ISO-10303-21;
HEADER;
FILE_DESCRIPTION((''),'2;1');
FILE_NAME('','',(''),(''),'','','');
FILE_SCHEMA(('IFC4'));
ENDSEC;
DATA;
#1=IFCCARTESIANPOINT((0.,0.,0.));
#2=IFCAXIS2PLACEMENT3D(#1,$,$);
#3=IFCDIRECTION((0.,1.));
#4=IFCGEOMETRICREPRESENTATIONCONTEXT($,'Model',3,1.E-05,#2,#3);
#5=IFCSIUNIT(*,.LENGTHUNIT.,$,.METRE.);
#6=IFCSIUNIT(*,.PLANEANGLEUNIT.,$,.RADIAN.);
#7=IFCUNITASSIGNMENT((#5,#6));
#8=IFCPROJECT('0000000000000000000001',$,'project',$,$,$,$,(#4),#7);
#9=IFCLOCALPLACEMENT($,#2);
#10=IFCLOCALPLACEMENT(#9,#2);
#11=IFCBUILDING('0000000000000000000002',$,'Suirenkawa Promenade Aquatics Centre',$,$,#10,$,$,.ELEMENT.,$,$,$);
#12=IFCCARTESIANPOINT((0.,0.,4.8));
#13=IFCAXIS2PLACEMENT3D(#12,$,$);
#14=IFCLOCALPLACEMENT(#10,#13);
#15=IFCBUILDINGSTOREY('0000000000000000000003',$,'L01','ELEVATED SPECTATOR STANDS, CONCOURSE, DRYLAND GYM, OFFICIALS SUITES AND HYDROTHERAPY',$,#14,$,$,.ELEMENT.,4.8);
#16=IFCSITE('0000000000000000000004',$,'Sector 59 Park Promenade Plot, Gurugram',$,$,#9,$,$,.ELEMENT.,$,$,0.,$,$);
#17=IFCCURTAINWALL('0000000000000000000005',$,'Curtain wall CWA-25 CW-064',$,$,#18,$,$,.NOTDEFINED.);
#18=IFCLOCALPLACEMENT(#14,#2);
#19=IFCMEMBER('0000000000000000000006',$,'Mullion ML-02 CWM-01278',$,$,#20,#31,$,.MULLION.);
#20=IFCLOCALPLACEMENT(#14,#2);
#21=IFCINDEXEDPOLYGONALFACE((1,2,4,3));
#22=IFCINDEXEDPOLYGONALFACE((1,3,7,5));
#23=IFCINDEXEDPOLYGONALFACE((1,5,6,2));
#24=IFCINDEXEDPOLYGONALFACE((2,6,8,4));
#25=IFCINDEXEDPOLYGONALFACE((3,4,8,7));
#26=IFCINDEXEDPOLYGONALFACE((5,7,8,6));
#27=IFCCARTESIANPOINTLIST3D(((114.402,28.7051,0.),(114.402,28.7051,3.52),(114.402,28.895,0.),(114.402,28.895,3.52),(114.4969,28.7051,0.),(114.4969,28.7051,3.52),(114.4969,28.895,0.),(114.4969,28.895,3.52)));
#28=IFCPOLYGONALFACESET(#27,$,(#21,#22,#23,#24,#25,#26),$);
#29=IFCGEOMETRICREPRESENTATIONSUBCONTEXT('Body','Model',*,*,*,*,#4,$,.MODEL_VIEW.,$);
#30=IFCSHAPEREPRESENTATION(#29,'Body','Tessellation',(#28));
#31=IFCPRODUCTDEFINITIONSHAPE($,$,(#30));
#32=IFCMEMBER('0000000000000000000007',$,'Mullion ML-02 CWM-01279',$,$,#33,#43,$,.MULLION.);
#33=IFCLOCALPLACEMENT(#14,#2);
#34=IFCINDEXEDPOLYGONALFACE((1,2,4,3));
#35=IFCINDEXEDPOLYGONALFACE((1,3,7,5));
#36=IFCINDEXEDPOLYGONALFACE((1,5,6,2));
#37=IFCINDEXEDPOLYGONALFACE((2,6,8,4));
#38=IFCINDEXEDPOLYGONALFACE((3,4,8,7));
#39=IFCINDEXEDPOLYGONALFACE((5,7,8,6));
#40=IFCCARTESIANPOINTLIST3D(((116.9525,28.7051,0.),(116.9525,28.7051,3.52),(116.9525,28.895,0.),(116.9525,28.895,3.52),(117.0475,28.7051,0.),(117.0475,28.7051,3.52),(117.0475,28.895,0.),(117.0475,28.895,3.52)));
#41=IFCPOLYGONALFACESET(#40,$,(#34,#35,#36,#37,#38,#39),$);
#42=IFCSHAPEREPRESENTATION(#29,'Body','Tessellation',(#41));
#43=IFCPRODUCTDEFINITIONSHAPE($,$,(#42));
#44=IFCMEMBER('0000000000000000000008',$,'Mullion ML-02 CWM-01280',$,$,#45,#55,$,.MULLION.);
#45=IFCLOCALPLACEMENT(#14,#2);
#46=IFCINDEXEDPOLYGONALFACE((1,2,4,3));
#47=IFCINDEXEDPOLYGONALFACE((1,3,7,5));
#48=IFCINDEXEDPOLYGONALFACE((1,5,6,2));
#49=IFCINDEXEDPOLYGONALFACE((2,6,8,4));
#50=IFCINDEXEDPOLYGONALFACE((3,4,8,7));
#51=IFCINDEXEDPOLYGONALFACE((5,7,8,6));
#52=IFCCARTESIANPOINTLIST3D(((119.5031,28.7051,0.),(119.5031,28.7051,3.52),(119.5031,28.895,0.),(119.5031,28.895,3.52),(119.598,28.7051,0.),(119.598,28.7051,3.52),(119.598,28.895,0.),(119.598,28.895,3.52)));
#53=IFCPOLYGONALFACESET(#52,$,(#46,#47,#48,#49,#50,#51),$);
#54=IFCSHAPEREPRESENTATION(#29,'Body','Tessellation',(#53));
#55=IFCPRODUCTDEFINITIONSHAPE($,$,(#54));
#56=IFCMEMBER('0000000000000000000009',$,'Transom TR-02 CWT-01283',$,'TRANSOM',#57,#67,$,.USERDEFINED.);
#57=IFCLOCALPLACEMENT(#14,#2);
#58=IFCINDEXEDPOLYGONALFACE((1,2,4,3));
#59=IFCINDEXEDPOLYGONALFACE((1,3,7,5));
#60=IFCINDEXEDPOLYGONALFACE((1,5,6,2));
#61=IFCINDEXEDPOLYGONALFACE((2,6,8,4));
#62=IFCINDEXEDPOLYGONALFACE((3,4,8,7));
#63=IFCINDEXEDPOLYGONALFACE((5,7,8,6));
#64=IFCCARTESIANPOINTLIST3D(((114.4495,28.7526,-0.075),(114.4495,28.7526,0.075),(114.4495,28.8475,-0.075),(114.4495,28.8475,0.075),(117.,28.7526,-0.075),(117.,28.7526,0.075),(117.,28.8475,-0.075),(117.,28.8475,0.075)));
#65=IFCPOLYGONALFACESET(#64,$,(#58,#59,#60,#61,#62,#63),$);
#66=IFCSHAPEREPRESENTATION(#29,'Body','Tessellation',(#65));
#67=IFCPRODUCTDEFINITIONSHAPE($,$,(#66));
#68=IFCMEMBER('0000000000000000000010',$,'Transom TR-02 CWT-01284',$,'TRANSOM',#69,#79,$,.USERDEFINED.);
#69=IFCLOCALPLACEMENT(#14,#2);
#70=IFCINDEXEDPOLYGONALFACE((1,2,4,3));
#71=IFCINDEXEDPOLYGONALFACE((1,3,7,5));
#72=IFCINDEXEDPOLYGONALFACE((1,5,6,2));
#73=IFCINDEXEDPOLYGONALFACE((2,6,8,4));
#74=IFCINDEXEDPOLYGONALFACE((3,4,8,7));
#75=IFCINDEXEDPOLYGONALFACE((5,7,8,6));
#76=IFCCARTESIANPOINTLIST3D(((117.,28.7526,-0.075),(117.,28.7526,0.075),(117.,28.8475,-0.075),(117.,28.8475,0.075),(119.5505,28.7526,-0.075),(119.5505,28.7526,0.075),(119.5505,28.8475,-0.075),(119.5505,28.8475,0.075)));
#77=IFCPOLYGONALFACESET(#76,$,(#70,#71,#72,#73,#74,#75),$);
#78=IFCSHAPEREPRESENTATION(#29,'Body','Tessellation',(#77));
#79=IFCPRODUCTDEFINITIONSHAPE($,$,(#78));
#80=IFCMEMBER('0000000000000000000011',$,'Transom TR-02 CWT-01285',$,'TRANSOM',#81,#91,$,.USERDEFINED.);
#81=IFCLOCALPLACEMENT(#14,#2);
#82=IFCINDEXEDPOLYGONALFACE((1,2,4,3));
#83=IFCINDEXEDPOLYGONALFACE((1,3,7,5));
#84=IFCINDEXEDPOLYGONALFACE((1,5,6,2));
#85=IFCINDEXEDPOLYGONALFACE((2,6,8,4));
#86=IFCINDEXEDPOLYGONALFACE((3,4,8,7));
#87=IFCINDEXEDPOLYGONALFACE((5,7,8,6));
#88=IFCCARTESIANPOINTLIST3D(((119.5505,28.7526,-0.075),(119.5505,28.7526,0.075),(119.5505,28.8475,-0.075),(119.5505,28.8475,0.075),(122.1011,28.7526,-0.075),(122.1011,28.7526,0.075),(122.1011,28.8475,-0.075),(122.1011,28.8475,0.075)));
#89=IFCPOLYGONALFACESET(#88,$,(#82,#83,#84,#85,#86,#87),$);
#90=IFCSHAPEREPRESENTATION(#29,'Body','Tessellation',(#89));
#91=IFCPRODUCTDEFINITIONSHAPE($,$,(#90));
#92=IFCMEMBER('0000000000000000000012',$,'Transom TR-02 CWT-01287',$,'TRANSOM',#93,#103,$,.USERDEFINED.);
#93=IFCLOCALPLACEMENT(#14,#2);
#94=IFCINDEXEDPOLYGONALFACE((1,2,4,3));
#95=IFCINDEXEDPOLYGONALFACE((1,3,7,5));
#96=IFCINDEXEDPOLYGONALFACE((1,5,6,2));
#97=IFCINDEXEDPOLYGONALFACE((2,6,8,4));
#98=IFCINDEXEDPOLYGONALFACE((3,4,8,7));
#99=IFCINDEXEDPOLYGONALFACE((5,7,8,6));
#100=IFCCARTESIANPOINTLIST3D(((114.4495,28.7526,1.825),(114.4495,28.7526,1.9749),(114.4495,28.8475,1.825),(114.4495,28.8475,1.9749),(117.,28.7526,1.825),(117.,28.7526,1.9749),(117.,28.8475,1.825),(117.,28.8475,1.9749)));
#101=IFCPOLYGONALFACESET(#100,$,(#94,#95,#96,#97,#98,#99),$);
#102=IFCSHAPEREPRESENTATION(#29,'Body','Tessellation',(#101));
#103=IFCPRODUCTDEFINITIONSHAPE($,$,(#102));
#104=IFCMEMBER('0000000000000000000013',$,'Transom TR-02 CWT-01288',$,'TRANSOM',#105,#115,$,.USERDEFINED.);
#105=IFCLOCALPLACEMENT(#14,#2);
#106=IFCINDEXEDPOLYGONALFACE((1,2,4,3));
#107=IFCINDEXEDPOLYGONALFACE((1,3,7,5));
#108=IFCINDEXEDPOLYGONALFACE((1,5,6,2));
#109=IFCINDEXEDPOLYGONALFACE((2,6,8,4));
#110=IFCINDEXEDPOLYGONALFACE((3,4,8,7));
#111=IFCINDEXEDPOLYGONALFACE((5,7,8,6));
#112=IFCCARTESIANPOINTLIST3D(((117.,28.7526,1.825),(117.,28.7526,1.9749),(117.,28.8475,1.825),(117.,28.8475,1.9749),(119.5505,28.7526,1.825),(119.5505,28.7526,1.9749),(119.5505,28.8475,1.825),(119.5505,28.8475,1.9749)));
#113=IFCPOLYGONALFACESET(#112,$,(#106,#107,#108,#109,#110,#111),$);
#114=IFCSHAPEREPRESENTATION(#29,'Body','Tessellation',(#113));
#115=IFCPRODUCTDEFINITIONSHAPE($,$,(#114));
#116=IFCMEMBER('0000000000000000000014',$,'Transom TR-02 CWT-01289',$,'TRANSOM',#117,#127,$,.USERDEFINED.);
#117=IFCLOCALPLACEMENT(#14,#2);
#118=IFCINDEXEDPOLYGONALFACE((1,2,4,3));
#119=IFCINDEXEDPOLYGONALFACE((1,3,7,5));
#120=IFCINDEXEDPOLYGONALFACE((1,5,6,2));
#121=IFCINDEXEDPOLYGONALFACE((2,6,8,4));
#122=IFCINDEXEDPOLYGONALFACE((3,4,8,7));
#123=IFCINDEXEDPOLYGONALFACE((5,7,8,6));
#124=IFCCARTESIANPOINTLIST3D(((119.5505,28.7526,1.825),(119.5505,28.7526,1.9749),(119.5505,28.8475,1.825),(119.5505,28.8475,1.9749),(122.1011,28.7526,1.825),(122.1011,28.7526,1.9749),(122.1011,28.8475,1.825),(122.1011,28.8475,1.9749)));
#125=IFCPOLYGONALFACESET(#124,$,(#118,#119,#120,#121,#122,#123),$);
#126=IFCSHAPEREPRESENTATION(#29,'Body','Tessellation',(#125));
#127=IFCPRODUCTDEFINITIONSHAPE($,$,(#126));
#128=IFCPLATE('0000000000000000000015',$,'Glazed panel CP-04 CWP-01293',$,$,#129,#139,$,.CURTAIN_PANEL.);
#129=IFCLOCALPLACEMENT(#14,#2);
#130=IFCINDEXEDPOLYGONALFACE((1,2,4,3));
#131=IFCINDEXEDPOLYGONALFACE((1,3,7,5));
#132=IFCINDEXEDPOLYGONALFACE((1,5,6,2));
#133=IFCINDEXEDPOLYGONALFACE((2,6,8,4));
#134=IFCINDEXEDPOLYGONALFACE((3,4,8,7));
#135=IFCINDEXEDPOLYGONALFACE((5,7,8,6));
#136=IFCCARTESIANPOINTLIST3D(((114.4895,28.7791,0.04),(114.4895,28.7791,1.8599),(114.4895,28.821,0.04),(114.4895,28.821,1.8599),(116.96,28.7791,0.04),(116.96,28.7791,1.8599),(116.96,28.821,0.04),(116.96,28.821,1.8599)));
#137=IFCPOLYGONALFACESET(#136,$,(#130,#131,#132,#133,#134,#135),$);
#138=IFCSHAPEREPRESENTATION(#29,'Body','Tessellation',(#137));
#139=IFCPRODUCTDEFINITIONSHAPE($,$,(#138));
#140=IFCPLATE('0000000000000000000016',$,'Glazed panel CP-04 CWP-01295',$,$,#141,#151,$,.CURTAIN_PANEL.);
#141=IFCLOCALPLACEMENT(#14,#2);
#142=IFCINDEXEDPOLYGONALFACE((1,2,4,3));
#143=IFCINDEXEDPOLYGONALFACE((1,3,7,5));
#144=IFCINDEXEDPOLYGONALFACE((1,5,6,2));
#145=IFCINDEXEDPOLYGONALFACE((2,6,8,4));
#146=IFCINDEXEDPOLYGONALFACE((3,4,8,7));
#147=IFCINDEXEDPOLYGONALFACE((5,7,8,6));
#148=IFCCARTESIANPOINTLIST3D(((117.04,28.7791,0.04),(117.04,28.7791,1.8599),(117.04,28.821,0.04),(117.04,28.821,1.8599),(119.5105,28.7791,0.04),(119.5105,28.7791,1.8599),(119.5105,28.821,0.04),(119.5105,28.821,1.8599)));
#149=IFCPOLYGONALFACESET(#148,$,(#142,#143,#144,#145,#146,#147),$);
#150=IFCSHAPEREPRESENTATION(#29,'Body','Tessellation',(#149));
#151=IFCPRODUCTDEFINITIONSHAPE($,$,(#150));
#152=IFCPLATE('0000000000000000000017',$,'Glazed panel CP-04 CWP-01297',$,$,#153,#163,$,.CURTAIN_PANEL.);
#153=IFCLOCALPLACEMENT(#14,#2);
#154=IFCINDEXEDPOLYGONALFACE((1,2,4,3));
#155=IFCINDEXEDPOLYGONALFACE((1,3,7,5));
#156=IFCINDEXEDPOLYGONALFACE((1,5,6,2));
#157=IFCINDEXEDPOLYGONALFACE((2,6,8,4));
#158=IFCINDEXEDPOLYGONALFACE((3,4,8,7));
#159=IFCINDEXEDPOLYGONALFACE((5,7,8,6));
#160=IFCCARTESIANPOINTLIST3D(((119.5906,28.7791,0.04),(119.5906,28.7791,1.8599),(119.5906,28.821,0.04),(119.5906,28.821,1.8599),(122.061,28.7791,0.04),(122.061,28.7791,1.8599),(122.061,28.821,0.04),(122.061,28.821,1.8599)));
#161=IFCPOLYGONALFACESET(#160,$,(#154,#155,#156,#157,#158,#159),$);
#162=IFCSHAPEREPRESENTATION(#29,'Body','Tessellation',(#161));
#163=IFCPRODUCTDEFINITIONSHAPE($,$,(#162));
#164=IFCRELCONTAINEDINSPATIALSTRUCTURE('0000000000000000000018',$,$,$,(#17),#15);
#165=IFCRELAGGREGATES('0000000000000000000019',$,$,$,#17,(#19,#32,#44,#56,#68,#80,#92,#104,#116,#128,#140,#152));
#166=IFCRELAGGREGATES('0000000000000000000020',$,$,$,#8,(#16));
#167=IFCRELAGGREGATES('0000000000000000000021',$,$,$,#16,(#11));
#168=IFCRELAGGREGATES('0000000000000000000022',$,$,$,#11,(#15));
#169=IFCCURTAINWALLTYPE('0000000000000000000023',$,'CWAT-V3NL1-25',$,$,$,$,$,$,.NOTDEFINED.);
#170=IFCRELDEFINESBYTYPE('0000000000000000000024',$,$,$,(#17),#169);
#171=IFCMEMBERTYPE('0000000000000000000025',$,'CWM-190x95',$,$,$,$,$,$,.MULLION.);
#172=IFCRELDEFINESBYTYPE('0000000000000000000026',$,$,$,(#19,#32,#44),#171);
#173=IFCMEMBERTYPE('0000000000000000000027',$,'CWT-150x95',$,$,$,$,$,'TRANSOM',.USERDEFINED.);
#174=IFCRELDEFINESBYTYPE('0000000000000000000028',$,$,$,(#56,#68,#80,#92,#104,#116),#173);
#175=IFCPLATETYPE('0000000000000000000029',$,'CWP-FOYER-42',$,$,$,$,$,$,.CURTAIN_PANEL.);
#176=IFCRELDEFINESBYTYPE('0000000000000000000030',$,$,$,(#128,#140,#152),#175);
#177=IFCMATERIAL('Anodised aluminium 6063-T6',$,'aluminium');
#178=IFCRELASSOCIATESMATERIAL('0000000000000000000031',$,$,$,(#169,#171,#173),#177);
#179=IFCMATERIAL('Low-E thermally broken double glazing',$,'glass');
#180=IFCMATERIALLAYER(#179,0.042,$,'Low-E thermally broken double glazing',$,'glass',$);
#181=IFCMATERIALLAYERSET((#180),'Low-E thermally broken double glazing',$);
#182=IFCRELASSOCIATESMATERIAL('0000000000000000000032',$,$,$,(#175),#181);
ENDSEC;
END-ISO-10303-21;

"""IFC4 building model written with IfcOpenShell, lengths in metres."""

from ifc_helpers import new_model, si_unit, direction, frame, origin, origin_2d, place, context, subcontext, project, spatial, polyline, rectangle, outline, extrude, material, layer, layer_set, material_profile, profile_set, type_object, element, aggregate, save


model = new_model("IFC4")

# Units and contexts
model_context = context("Model", 3, precision=1e-05, world=origin(), true_north=direction((0.0, 1.0)))
body_context = subcontext(model_context, "Body", "Model", "MODEL_VIEW")
ifc_project = project(units=[si_unit("LENGTHUNIT", "METRE"), si_unit("PLANEANGLEUNIT", "RADIAN")], contexts=[model_context])

# Site, building, storey
site_placement = place(None, origin())
site = spatial("IfcSite", under=ifc_project, at=site_placement, Name="Sector 59 Park Promenade Plot, Gurugram", CompositionType="ELEMENT", RefElevation=0.0)
building_placement = place(site_placement, origin())
building = spatial("IfcBuilding", under=site, at=building_placement, Name="Suirenkawa Promenade Aquatics Centre", CompositionType="ELEMENT")
storey_placement = place(building_placement, frame((0.0, 0.0, 4.8)))
storey = spatial("IfcBuildingStorey", under=building, at=storey_placement, Name="L01", Description="ELEVATED SPECTATOR STANDS, CONCOURSE, DRYLAND GYM, OFFICIALS SUITES AND HYDROTHERAPY", CompositionType="ELEMENT", Elevation=4.8)

# Curtain wall, members, plates
ifc_material_1 = material(Name="Anodised aluminium 6063-T6", Category="aluminium")
curtain_wall_type = type_object("IfcCurtainWallType", Name="CWAT-V3NL1-25", PredefinedType="NOTDEFINED", material=ifc_material_1)
curtain_wall_placement = place(storey_placement, origin())
curtain_wall = element("IfcCurtainWall", 1, at=curtain_wall_placement, inside=storey, type_object=curtain_wall_type, Name="Curtain wall CWA-25 CW-064", PredefinedType="NOTDEFINED")
ifc_material_profile_1 = material_profile(ifc_material_1, rectangle(XDim=0.095, YDim=0.1899, at=origin_2d()), Name="ALU MULL 95x190", Category="aluminium")
ifc_profile_set_1 = profile_set([ifc_material_profile_1], Name="Anodised aluminium 6063-T6")
member_type_1 = type_object("IfcMemberType", Name="CWM-190x95", PredefinedType="MULLION", material=ifc_profile_set_1)
member_1_placement = place(storey_placement, frame((114.4495, 28.8, 0.0), z_axis=(0.0, 0.0, 1.0), x_axis=(1.0, 0.0, 0.0)))
member_1 = element("IfcMember", 2, at=member_1_placement, type_object=member_type_1, Name="Mullion ML-02 CWM-01278", PredefinedType="MULLION", context=body_context, shape_type="SweptSolid", body=[
    extrude(rectangle(XDim=0.095, YDim=0.1899, at=origin_2d()), origin(), (0.0, 0.0, 1.0), 3.52),
])
member_2_placement = place(storey_placement, frame((117.0, 28.8, 0.0), z_axis=(0.0, 0.0, 1.0), x_axis=(1.0, 0.0, 0.0)))
member_2 = element("IfcMember", 3, at=member_2_placement, type_object=member_type_1, Name="Mullion ML-02 CWM-01279", PredefinedType="MULLION", context=body_context, shape_type="SweptSolid", body=[
    extrude(rectangle(XDim=0.095, YDim=0.1899, at=origin_2d()), origin(), (0.0, 0.0, 1.0), 3.52),
])
member_3_placement = place(storey_placement, frame((119.5505, 28.8, 0.0), z_axis=(0.0, 0.0, 1.0), x_axis=(1.0, 0.0, 0.0)))
member_3 = element("IfcMember", 4, at=member_3_placement, type_object=member_type_1, Name="Mullion ML-02 CWM-01280", PredefinedType="MULLION", context=body_context, shape_type="SweptSolid", body=[
    extrude(rectangle(XDim=0.095, YDim=0.1899, at=origin_2d()), origin(), (0.0, 0.0, 1.0), 3.52),
])
ifc_material_profile_2 = material_profile(ifc_material_1, rectangle(XDim=0.095, YDim=0.1499, at=origin_2d()), Name="ALU TRAN 95x150", Category="aluminium")
ifc_profile_set_2 = profile_set([ifc_material_profile_2], Name="Anodised aluminium 6063-T6")
member_type_2 = type_object("IfcMemberType", Name="CWT-150x95", ElementType="TRANSOM", PredefinedType="USERDEFINED", material=ifc_profile_set_2)
member_4_placement = place(storey_placement, frame((114.4495, 28.8, 0.0), z_axis=(1.0, 0.0, 0.0), x_axis=(0.0, 1.0, 0.0)))
member_4 = element("IfcMember", 5, at=member_4_placement, type_object=member_type_2, Name="Transom TR-02 CWT-01283", ObjectType="TRANSOM", PredefinedType="USERDEFINED", context=body_context, shape_type="SweptSolid", body=[
    extrude(rectangle(XDim=0.095, YDim=0.1499, at=origin_2d()), origin(), (0.0, 0.0, 1.0), 2.5505),
])
member_5_placement = place(storey_placement, frame((117.0, 28.8, 0.0), z_axis=(1.0, 0.0, 0.0), x_axis=(0.0, 1.0, 0.0)))
member_5 = element("IfcMember", 6, at=member_5_placement, type_object=member_type_2, Name="Transom TR-02 CWT-01284", ObjectType="TRANSOM", PredefinedType="USERDEFINED", context=body_context, shape_type="SweptSolid", body=[
    extrude(rectangle(XDim=0.095, YDim=0.1499, at=origin_2d()), origin(), (0.0, 0.0, 1.0), 2.5505),
])
member_6_placement = place(storey_placement, frame((119.5505, 28.8, 0.0), z_axis=(1.0, 0.0, 0.0), x_axis=(0.0, 1.0, 0.0)))
member_6 = element("IfcMember", 7, at=member_6_placement, type_object=member_type_2, Name="Transom TR-02 CWT-01285", ObjectType="TRANSOM", PredefinedType="USERDEFINED", context=body_context, shape_type="SweptSolid", body=[
    extrude(rectangle(XDim=0.095, YDim=0.1499, at=origin_2d()), origin(), (0.0, 0.0, 1.0), 2.5505),
])
member_7_placement = place(storey_placement, frame((114.4495, 28.8, 1.8999), z_axis=(1.0, 0.0, 0.0), x_axis=(0.0, 1.0, 0.0)))
member_7 = element("IfcMember", 8, at=member_7_placement, type_object=member_type_2, Name="Transom TR-02 CWT-01287", ObjectType="TRANSOM", PredefinedType="USERDEFINED", context=body_context, shape_type="SweptSolid", body=[
    extrude(rectangle(XDim=0.095, YDim=0.1499, at=origin_2d()), origin(), (0.0, 0.0, 1.0), 2.5505),
])
member_8_placement = place(storey_placement, frame((117.0, 28.8, 1.8999), z_axis=(1.0, 0.0, 0.0), x_axis=(0.0, 1.0, 0.0)))
member_8 = element("IfcMember", 9, at=member_8_placement, type_object=member_type_2, Name="Transom TR-02 CWT-01288", ObjectType="TRANSOM", PredefinedType="USERDEFINED", context=body_context, shape_type="SweptSolid", body=[
    extrude(rectangle(XDim=0.095, YDim=0.1499, at=origin_2d()), origin(), (0.0, 0.0, 1.0), 2.5505),
])
member_9_placement = place(storey_placement, frame((119.5505, 28.8, 1.8999), z_axis=(1.0, 0.0, 0.0), x_axis=(0.0, 1.0, 0.0)))
member_9 = element("IfcMember", 10, at=member_9_placement, type_object=member_type_2, Name="Transom TR-02 CWT-01289", ObjectType="TRANSOM", PredefinedType="USERDEFINED", context=body_context, shape_type="SweptSolid", body=[
    extrude(rectangle(XDim=0.095, YDim=0.1499, at=origin_2d()), origin(), (0.0, 0.0, 1.0), 2.5505),
])
ifc_material_2 = material(Name="Low-E thermally broken double glazing", Category="glass")
ifc_layer_1 = layer(ifc_material_2, 0.042, Name="Low-E thermally broken double glazing", Category="glass")
ifc_layer_set_1 = layer_set([ifc_layer_1], Name="Low-E thermally broken double glazing")
plate_type = type_object("IfcPlateType", Name="CWP-FOYER-42", PredefinedType="CURTAIN_PANEL", material=ifc_layer_set_1)
plate_1_placement = place(storey_placement, frame((114.4495, 28.8, 0.04), z_axis=(0.0, 0.0, 1.0), x_axis=(1.0, 0.0, 0.0)))
plate_1 = element("IfcPlate", 11, at=plate_1_placement, type_object=plate_type, Name="Glazed panel CP-04 CWP-01293", PredefinedType="CURTAIN_PANEL", context=body_context, shape_type="SweptSolid", body=[
    extrude(outline(polyline([(0.04, 0.0), (2.5105, 0.0), (2.5105, 1.8198), (0.04, 1.8198), (0.04, 0.0)])), frame((0.0, 0.021, 0.0), z_axis=(0.0, -1.0, 0.0), x_axis=(1.0, 0.0, 0.0)), (0.0, 0.0, 1.0), 0.042),
])
plate_2_placement = place(storey_placement, frame((117.0, 28.8, 0.04), z_axis=(0.0, 0.0, 1.0), x_axis=(1.0, 0.0, 0.0)))
plate_2 = element("IfcPlate", 12, at=plate_2_placement, type_object=plate_type, Name="Glazed panel CP-04 CWP-01295", PredefinedType="CURTAIN_PANEL", context=body_context, shape_type="SweptSolid", body=[
    extrude(outline(polyline([(0.04, 0.0), (2.5105, 0.0), (2.5105, 1.8198), (0.04, 1.8198), (0.04, 0.0)])), frame((0.0, 0.021, 0.0), z_axis=(0.0, -1.0, 0.0), x_axis=(1.0, 0.0, 0.0)), (0.0, 0.0, 1.0), 0.042),
])
plate_3_placement = place(storey_placement, frame((119.5505, 28.8, 0.04), z_axis=(0.0, 0.0, 1.0), x_axis=(1.0, 0.0, 0.0)))
plate_3 = element("IfcPlate", 13, at=plate_3_placement, type_object=plate_type, Name="Glazed panel CP-04 CWP-01297", PredefinedType="CURTAIN_PANEL", context=body_context, shape_type="SweptSolid", body=[
    extrude(outline(polyline([(0.04, 0.0), (2.5105, 0.0), (2.5105, 1.8198), (0.04, 1.8198), (0.04, 0.0)])), frame((0.0, 0.021, 0.0), z_axis=(0.0, -1.0, 0.0), x_axis=(1.0, 0.0, 0.0)), (0.0, 0.0, 1.0), 0.042),
])
aggregate(curtain_wall, [member_1, member_2, member_3, member_4, member_5, member_6, member_7, member_8, member_9, plate_1, plate_2, plate_3])

save(model, "model.ifc")
